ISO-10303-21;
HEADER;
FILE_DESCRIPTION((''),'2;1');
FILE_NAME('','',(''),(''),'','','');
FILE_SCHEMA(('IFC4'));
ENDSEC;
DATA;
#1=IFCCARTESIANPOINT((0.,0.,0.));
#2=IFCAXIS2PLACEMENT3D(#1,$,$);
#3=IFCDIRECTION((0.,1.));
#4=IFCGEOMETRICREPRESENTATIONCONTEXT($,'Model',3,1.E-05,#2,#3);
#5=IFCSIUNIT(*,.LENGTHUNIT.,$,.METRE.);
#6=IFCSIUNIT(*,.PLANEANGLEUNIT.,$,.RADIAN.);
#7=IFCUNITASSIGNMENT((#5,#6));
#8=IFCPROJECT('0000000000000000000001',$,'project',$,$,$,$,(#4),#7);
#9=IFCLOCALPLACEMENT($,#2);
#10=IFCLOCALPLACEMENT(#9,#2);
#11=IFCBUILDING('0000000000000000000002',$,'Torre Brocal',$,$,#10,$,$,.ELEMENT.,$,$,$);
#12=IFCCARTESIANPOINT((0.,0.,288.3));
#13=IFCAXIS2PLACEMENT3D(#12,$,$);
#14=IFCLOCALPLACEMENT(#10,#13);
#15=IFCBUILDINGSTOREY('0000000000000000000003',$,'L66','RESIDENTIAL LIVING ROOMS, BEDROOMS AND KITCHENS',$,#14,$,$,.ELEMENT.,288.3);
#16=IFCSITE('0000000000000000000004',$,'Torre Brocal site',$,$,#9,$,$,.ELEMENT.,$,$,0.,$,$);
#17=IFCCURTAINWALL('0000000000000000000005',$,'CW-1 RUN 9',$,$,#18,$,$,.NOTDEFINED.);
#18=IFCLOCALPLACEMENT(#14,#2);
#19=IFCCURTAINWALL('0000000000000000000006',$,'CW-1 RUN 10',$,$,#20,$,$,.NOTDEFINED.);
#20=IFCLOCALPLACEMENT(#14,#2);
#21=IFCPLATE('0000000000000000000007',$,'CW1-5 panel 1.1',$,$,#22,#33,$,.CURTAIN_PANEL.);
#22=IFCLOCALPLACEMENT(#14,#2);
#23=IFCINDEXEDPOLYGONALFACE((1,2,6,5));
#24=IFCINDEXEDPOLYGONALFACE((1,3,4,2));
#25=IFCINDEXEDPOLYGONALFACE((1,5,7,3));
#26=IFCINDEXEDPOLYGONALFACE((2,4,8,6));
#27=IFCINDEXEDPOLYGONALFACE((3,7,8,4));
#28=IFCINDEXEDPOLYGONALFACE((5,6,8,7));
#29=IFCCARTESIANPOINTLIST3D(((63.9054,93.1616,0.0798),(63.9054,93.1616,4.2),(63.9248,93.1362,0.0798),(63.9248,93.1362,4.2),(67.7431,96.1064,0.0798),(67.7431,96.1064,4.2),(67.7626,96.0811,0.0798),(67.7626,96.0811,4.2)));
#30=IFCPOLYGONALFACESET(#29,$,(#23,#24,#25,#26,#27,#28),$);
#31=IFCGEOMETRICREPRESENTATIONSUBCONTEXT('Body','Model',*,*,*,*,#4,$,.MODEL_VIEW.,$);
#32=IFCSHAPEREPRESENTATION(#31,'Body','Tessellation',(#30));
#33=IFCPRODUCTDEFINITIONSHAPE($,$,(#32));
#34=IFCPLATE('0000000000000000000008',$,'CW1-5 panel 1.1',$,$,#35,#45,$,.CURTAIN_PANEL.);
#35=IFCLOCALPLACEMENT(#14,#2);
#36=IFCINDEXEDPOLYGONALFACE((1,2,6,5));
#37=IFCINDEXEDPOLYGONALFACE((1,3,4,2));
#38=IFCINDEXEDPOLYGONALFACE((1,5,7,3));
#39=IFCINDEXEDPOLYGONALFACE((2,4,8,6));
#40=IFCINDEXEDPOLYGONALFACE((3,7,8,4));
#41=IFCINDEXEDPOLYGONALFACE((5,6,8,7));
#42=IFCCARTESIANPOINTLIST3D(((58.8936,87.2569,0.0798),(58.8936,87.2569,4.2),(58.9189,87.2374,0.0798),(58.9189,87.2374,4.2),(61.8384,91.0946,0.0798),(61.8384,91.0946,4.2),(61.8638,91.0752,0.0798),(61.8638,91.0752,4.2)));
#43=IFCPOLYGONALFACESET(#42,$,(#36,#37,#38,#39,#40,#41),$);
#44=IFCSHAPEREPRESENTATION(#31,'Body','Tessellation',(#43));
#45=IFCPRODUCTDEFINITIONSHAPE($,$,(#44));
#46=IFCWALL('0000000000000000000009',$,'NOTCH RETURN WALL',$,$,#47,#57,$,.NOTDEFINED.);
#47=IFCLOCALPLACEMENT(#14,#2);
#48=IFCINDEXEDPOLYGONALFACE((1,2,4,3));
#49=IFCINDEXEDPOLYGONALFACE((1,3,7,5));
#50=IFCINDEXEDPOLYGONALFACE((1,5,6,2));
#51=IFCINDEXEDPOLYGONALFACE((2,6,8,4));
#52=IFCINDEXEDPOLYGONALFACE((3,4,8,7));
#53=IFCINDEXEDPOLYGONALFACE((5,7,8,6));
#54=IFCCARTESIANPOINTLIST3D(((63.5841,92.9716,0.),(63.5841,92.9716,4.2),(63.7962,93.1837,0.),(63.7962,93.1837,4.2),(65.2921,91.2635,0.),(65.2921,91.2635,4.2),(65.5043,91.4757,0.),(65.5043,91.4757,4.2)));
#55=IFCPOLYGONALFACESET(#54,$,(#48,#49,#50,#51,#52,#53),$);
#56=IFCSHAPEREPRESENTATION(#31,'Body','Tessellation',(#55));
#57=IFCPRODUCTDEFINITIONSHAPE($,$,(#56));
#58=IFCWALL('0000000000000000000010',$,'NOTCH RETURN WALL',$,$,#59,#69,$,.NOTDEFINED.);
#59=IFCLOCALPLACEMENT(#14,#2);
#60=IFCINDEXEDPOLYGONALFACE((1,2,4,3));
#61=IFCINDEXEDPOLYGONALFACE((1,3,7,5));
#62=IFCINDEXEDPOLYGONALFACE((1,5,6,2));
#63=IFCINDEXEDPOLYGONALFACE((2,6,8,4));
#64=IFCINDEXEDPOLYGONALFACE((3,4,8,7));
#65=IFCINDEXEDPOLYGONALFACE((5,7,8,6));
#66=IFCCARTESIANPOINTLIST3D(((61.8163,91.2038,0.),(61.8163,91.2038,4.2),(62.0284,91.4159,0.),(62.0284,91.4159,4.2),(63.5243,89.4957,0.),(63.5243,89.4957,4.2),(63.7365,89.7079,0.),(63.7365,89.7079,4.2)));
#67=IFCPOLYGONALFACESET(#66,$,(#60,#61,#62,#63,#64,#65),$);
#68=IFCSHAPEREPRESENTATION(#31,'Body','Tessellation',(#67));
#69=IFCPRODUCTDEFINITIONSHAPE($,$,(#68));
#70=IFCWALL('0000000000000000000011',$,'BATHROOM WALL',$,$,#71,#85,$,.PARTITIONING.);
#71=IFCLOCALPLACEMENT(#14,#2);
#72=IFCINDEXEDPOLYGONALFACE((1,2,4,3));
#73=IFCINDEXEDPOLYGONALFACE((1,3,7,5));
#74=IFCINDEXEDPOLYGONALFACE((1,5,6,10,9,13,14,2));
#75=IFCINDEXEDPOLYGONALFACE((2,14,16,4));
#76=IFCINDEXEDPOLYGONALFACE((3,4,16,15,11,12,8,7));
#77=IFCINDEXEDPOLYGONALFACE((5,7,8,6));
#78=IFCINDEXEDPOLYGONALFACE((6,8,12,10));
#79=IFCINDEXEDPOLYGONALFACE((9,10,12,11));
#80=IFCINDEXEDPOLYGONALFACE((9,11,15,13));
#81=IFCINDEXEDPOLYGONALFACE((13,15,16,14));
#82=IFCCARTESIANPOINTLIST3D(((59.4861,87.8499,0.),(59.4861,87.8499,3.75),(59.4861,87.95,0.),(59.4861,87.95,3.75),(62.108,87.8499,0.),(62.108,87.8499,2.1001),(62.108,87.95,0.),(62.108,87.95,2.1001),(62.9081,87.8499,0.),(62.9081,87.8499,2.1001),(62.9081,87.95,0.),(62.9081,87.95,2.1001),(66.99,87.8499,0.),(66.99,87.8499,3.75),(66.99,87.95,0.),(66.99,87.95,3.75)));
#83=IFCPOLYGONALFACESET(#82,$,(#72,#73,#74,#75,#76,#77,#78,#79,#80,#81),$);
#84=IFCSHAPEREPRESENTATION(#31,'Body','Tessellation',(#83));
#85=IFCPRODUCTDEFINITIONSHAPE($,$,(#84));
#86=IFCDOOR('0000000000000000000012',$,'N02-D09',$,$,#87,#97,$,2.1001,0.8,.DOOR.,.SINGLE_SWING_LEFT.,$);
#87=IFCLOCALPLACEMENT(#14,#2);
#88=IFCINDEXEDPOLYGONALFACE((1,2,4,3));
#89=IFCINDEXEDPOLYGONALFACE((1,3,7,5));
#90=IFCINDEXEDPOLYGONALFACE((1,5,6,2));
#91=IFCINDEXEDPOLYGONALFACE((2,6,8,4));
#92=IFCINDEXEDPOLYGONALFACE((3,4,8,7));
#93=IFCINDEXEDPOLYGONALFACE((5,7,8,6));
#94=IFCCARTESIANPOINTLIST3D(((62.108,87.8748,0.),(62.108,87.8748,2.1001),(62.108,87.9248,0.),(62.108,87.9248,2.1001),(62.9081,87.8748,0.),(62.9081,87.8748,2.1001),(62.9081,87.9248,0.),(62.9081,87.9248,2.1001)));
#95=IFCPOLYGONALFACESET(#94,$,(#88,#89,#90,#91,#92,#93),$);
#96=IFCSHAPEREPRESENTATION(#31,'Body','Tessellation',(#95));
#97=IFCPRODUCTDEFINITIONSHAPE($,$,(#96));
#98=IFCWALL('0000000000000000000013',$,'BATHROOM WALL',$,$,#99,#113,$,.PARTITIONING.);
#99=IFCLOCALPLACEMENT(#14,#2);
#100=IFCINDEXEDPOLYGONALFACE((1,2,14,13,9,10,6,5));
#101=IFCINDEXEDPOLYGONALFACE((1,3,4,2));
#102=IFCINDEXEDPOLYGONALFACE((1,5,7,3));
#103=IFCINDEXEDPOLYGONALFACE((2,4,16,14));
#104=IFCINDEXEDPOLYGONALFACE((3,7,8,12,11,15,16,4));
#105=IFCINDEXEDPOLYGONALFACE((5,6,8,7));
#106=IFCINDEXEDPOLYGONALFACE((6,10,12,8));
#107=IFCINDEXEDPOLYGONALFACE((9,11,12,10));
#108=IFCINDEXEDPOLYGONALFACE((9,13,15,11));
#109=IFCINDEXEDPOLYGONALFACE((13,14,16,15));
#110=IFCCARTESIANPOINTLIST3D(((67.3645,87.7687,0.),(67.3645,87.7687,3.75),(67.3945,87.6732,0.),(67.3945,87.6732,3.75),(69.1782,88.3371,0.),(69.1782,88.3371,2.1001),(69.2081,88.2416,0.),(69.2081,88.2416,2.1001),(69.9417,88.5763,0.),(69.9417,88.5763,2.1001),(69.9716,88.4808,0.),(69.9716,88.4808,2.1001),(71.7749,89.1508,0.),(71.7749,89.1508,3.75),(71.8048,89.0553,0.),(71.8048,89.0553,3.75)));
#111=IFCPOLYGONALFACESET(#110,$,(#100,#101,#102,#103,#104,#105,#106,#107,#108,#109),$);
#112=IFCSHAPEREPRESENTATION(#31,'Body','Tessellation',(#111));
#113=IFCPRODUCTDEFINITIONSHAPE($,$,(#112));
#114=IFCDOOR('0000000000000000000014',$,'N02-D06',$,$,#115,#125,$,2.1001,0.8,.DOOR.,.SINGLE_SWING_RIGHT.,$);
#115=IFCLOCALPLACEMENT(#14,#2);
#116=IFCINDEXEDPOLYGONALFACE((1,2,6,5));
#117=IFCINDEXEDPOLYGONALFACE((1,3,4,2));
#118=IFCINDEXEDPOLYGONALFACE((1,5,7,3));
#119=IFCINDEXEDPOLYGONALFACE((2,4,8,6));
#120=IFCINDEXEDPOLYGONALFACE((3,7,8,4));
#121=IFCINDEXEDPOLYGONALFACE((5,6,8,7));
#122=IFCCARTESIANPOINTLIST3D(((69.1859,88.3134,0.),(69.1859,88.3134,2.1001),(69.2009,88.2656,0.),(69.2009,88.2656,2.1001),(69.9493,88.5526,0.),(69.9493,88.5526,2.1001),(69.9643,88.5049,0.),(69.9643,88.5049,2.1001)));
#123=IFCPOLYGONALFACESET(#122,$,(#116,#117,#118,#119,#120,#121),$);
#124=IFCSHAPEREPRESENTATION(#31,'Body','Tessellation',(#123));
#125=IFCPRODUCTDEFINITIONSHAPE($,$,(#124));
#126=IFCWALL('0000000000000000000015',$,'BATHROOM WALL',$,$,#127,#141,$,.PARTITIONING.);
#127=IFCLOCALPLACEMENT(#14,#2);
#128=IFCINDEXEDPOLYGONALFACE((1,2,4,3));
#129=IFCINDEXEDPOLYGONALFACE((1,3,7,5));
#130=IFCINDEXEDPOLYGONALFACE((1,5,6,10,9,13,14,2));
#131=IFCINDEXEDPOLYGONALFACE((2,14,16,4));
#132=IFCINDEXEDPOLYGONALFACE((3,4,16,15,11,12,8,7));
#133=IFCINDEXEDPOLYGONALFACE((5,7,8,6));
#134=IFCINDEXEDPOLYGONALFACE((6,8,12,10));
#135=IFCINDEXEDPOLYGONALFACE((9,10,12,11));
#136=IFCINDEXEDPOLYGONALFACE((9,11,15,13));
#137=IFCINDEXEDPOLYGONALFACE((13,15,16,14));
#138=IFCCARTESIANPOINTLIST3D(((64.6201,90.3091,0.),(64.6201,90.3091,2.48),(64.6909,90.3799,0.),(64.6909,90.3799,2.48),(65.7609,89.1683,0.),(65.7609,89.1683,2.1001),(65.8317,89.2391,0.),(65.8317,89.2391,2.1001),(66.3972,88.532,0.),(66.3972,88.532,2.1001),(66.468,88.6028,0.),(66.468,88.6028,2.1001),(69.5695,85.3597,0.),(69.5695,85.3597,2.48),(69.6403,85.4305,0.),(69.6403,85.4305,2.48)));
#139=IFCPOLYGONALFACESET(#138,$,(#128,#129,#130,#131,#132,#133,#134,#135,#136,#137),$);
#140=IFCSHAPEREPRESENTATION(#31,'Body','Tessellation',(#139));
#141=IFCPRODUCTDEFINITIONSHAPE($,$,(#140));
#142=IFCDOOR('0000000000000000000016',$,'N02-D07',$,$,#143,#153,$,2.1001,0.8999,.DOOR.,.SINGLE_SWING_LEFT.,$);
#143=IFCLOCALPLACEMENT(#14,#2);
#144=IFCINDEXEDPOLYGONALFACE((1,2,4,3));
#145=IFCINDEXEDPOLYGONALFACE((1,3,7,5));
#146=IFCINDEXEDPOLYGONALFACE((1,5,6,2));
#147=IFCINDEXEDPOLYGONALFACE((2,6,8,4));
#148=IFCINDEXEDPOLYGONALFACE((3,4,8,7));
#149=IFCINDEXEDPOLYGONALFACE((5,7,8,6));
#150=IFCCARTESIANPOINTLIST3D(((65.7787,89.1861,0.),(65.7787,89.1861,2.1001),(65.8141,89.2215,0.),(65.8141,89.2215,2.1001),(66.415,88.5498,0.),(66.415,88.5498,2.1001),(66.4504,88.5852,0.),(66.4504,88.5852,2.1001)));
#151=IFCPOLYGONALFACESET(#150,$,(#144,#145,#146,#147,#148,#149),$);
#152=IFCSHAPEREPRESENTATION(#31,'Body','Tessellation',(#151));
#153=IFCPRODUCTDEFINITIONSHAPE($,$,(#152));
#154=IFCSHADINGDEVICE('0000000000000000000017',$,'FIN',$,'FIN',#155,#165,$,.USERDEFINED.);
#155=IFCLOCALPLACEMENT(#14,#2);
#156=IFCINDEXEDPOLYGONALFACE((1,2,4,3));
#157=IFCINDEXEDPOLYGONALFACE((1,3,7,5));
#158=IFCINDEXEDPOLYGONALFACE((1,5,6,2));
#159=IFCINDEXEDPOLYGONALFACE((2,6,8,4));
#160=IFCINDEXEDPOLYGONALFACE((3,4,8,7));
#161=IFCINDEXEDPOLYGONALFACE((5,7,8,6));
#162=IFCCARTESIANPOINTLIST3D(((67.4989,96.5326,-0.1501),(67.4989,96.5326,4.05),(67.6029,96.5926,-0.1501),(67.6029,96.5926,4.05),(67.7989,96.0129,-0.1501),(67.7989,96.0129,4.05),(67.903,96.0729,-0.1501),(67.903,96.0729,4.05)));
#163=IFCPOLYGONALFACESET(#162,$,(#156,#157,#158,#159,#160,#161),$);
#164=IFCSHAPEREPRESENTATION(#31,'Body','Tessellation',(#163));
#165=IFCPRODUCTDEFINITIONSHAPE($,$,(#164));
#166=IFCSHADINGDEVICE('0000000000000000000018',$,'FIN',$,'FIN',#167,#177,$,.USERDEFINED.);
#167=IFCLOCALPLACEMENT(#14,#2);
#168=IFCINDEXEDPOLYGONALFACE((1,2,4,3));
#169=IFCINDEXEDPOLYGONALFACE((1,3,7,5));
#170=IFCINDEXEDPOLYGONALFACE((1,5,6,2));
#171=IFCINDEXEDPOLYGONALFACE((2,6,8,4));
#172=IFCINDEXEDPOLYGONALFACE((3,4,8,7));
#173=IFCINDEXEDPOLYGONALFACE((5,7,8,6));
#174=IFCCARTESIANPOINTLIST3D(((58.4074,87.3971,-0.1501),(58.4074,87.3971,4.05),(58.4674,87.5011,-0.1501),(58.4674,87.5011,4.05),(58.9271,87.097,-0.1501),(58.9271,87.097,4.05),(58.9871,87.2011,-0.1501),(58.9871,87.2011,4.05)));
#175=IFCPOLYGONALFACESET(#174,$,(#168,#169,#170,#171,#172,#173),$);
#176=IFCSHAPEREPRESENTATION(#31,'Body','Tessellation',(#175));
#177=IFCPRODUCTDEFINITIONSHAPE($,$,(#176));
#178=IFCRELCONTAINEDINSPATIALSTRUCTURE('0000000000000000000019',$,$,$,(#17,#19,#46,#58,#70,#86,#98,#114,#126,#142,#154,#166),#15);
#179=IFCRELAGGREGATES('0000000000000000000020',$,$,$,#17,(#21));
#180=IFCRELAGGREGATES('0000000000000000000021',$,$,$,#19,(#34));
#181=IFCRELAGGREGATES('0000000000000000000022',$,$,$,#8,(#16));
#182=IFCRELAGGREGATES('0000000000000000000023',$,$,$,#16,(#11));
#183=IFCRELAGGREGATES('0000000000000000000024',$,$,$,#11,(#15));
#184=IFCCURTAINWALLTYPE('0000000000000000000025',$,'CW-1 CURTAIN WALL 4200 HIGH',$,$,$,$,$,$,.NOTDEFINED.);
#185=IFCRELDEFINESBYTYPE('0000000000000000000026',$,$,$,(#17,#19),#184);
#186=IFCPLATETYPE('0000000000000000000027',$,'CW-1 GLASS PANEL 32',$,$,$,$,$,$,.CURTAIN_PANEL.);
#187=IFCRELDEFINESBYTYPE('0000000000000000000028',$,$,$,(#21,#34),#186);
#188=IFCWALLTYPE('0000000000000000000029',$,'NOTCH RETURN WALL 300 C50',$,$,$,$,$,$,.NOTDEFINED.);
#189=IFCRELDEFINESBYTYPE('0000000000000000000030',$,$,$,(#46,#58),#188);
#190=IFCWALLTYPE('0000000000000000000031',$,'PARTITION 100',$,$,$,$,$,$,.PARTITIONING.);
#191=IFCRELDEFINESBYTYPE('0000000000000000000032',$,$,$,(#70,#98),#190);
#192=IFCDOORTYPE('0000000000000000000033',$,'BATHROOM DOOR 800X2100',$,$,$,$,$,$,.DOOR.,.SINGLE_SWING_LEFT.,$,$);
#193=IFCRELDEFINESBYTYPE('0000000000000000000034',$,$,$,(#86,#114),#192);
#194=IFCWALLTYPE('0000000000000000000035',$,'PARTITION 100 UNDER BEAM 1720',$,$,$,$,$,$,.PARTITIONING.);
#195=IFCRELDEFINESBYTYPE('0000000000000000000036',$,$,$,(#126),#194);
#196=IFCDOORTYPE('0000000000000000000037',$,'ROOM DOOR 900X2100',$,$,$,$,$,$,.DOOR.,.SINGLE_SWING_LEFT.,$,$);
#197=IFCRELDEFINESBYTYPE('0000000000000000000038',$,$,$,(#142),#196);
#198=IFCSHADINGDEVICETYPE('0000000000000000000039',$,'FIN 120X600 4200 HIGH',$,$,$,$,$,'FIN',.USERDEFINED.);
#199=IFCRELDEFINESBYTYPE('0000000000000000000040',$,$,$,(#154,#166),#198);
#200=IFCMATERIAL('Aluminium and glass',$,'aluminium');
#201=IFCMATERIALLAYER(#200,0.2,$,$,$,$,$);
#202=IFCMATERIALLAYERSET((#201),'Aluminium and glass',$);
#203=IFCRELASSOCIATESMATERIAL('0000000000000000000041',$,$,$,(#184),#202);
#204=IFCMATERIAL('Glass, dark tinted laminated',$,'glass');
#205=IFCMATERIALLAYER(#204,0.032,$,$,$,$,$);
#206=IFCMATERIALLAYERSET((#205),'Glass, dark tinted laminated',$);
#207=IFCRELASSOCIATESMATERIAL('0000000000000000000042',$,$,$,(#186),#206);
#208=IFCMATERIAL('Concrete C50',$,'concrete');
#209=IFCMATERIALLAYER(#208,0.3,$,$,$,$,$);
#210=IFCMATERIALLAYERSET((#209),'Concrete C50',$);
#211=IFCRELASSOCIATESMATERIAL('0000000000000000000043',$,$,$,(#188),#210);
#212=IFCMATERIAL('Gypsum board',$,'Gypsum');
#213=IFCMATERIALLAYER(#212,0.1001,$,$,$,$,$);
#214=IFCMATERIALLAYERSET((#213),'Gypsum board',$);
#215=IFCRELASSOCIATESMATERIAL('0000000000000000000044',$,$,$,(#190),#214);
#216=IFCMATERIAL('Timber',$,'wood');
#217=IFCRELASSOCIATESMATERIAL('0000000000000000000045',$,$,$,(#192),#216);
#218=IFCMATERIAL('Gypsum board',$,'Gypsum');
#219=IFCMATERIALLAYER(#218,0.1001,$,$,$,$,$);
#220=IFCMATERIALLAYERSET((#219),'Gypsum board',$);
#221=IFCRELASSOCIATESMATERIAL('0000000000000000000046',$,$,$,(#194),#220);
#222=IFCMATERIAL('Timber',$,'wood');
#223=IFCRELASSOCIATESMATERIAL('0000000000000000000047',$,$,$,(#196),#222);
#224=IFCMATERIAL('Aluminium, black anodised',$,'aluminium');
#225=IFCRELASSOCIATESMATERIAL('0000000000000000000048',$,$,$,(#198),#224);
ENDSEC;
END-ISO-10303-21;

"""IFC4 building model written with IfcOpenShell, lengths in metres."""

from ifc_helpers import new_model, si_unit, direction, frame, frame_2d, origin, origin_2d, place, context, subcontext, project, spatial, rectangle, extrude, material, layer, layer_set, material_profile, profile_set, type_object, element, fill, aggregate, save


model = new_model("IFC4")

# Units and contexts
model_context = context("Model", 3, precision=1e-05, world=origin(), true_north=direction((0.0, 1.0)))
body_context = subcontext(model_context, "Body", "Model", "MODEL_VIEW")
ifc_project = project(units=[si_unit("LENGTHUNIT", "METRE"), si_unit("PLANEANGLEUNIT", "RADIAN")], contexts=[model_context])

# Site, building, storey
site_placement = place(None, origin())
site = spatial("IfcSite", under=ifc_project, at=site_placement, Name="Torre Brocal site", CompositionType="ELEMENT", RefElevation=0.0)
building_placement = place(site_placement, origin())
building = spatial("IfcBuilding", under=site, at=building_placement, Name="Torre Brocal", CompositionType="ELEMENT")
storey_placement = place(building_placement, frame((0.0, 0.0, 288.3)))
storey = spatial("IfcBuildingStorey", under=building, at=storey_placement, Name="L66", Description="RESIDENTIAL LIVING ROOMS, BEDROOMS AND KITCHENS", CompositionType="ELEMENT", Elevation=288.3)

# Curtain walls
ifc_material_1 = material(Name="Aluminium and glass", Category="aluminium")
ifc_layer_1 = layer(ifc_material_1, 0.2)
ifc_layer_set_1 = layer_set([ifc_layer_1], Name="Aluminium and glass")
curtain_wall_type = type_object("IfcCurtainWallType", Name="CW-1 CURTAIN WALL 4200 HIGH", PredefinedType="NOTDEFINED", material=ifc_layer_set_1)
curtain_wall_1_placement = place(storey_placement, origin())
curtain_wall_1 = element("IfcCurtainWall", 1, at=curtain_wall_1_placement, inside=storey, type_object=curtain_wall_type, Name="CW-1 RUN 9", PredefinedType="NOTDEFINED")
curtain_wall_2_placement = place(storey_placement, origin())
curtain_wall_2 = element("IfcCurtainWall", 2, at=curtain_wall_2_placement, inside=storey, type_object=curtain_wall_type, Name="CW-1 RUN 10", PredefinedType="NOTDEFINED")

# Plates
ifc_material_2 = material(Name="Glass, dark tinted laminated", Category="glass")
ifc_layer_2 = layer(ifc_material_2, 0.032)
ifc_layer_set_2 = layer_set([ifc_layer_2], Name="Glass, dark tinted laminated")
plate_type = type_object("IfcPlateType", Name="CW-1 GLASS PANEL 32", PredefinedType="CURTAIN_PANEL", material=ifc_layer_set_2)
plate_1_placement = place(storey_placement, frame((65.834, 94.6213, 0.0798), z_axis=(0.0, 0.0, 1.0), x_axis=(-0.793353, -0.608761, 0.0)))
plate_1 = element("IfcPlate", 3, at=plate_1_placement, type_object=plate_type, Name="CW1-5 panel 1.1", PredefinedType="CURTAIN_PANEL", context=body_context, shape_type="SweptSolid", body=[
    extrude(rectangle(XDim=4.8374, YDim=0.032, at=origin_2d()), origin(), (0.0, 0.0, 1.0), 4.1201),
])
aggregate(curtain_wall_1, [plate_1])
plate_2_placement = place(storey_placement, frame((60.3787, 89.166, 0.0798), z_axis=(0.0, 0.0, 1.0), x_axis=(-0.608761, -0.793353, 0.0)))
plate_2 = element("IfcPlate", 4, at=plate_2_placement, type_object=plate_type, Name="CW1-5 panel 1.1", PredefinedType="CURTAIN_PANEL", context=body_context, shape_type="SweptSolid", body=[
    extrude(rectangle(XDim=4.8374, YDim=0.032, at=origin_2d()), origin(), (0.0, 0.0, 1.0), 4.1201),
])
aggregate(curtain_wall_2, [plate_2])

# Walls
ifc_material_3 = material(Name="Concrete C50", Category="concrete")
ifc_layer_3 = layer(ifc_material_3, 0.3)
ifc_layer_set_3 = layer_set([ifc_layer_3], Name="Concrete C50")
wall_type_1 = type_object("IfcWallType", Name="NOTCH RETURN WALL 300 C50", PredefinedType="NOTDEFINED", material=ifc_layer_set_3)
for number, where, z_axis, x_axis, name in (
    (5, (65.3982, 91.3696, 0.0), (0.0, 0.0, 1.0), (-0.707107, 0.707107, 0.0), "NOTCH RETURN WALL"),
    (6, (63.6304, 89.6018, 0.0), (0.0, 0.0, 1.0), (-0.707107, 0.707107, 0.0), "NOTCH RETURN WALL"),
):
    element("IfcWall", number, at=place(storey_placement, frame(where, z_axis=z_axis, x_axis=x_axis)), inside=storey, type_object=wall_type_1, Name=name, PredefinedType="NOTDEFINED", context=body_context, shape_type="SweptSolid", body=[
        extrude(rectangle(XDim=2.4155, YDim=0.3, at=frame_2d((1.2078, 0.0))), origin(), (0.0, 0.0, 1.0), 4.2),
    ])

# Walls, openings, doors
ifc_material_4 = material(Name="Gypsum board", Category="Gypsum")
ifc_layer_4 = layer(ifc_material_4, 0.1001)
ifc_layer_set_4 = layer_set([ifc_layer_4], Name="Gypsum board")
wall_type_2 = type_object("IfcWallType", Name="PARTITION 100", PredefinedType="PARTITIONING", material=ifc_layer_set_4)
wall_1_placement = place(storey_placement, frame((59.4861, 87.8999, 0.0), z_axis=(0.0, 0.0, 1.0), x_axis=(1.0, 0.0, 0.0)))
wall_1 = element("IfcWall", 7, at=wall_1_placement, inside=storey, type_object=wall_type_2, Name="BATHROOM WALL", PredefinedType="PARTITIONING", context=body_context, shape_type="SweptSolid", body=[
    extrude(rectangle(XDim=7.5039, YDim=0.1001, at=frame_2d((3.752, 0.0))), origin(), (0.0, 0.0, 1.0), 3.75),
])
opening_1_placement = place(wall_1_placement, frame((2.6221, 0.0, 0.0)))
opening_1 = element("IfcOpeningElement", 8, at=opening_1_placement, cuts=wall_1, PredefinedType="OPENING", context=body_context, shape_type="SweptSolid", body=[
    extrude(rectangle(XDim=0.8, YDim=2.1001, at=frame_2d((0.3999, 1.05))), frame((0.0, 0.0601, 0.0), z_axis=(0.0, -1.0, 0.0), x_axis=(1.0, 0.0, 0.0)), (0.0, 0.0, 1.0), 0.1201),
])
ifc_material_5 = material(Name="Timber", Category="wood")
door_type_1 = type_object("IfcDoorType", Name="BATHROOM DOOR 800X2100", OperationType="SINGLE_SWING_LEFT", PredefinedType="DOOR", material=ifc_material_5)
door_1_placement = place(opening_1_placement, origin())
door_1 = element("IfcDoor", 9, at=door_1_placement, inside=storey, type_object=door_type_1, Name="N02-D09", OperationType="SINGLE_SWING_LEFT", OverallHeight=2.1001, OverallWidth=0.8, PredefinedType="DOOR", context=body_context, shape_type="SweptSolid", body=[
    extrude(rectangle(XDim=0.8, YDim=2.1001, at=frame_2d((0.3999, 1.05))), frame((0.0, 0.0249, 0.0), z_axis=(0.0, -1.0, 0.0), x_axis=(1.0, 0.0, 0.0)), (0.0, 0.0, 1.0), 0.05),
])
fill(opening_1, door_1)
wall_2_placement = place(storey_placement, frame((67.3794, 87.7209, 0.0), z_axis=(0.0, 0.0, 1.0), x_axis=(0.954244, 0.29903, 0.0)))
wall_2 = element("IfcWall", 10, at=wall_2_placement, inside=storey, type_object=wall_type_2, Name="BATHROOM WALL", PredefinedType="PARTITIONING", context=body_context, shape_type="SweptSolid", body=[
    extrude(rectangle(XDim=4.6218, YDim=0.1001, at=frame_2d((2.311, 0.0))), origin(), (0.0, 0.0, 1.0), 3.75),
])
opening_2_placement = place(wall_2_placement, frame((1.9009, 0.0, 0.0)))
opening_2 = element("IfcOpeningElement", 11, at=opening_2_placement, cuts=wall_2, PredefinedType="OPENING", context=body_context, shape_type="SweptSolid", body=[
    extrude(rectangle(XDim=0.8, YDim=2.1001, at=frame_2d((0.3999, 1.05))), frame((0.0, 0.0601, 0.0), z_axis=(0.0, -1.0, 0.0), x_axis=(1.0, 0.0, 0.0)), (0.0, 0.0, 1.0), 0.1201),
])
door_2_placement = place(opening_2_placement, frame((0.8, 0.0, 0.0), z_axis=(0.0, 0.0, 1.0), x_axis=(-1.0, 0.0, 0.0)))
door_2 = element("IfcDoor", 12, at=door_2_placement, inside=storey, type_object=door_type_1, Name="N02-D06", OperationType="SINGLE_SWING_RIGHT", OverallHeight=2.1001, OverallWidth=0.8, PredefinedType="DOOR", context=body_context, shape_type="SweptSolid", body=[
    extrude(rectangle(XDim=0.8, YDim=2.1001, at=frame_2d((0.3999, 1.05))), frame((0.0, 0.0249, 0.0), z_axis=(0.0, -1.0, 0.0), x_axis=(1.0, 0.0, 0.0)), (0.0, 0.0, 1.0), 0.05),
])
fill(opening_2, door_2)
ifc_material_6 = material(Name="Gypsum board", Category="Gypsum")
ifc_layer_5 = layer(ifc_material_6, 0.1001)
ifc_layer_set_5 = layer_set([ifc_layer_5], Name="Gypsum board")
wall_type_3 = type_object("IfcWallType", Name="PARTITION 100 UNDER BEAM 1720", PredefinedType="PARTITIONING", material=ifc_layer_set_5)
wall_3_placement = place(storey_placement, frame((64.6555, 90.3445, 0.0), z_axis=(0.0, 0.0, 1.0), x_axis=(0.707107, -0.707107, 0.0)))
wall_3 = element("IfcWall", 13, at=wall_3_placement, inside=storey, type_object=wall_type_3, Name="BATHROOM WALL", PredefinedType="PARTITIONING", context=body_context, shape_type="SweptSolid", body=[
    extrude(rectangle(XDim=6.9995, YDim=0.1001, at=frame_2d((3.4998, 0.0))), origin(), (0.0, 0.0, 1.0), 2.48),
])
opening_3_placement = place(wall_3_placement, frame((1.6133, 0.0, 0.0)))
opening_3 = element("IfcOpeningElement", 14, at=opening_3_placement, cuts=wall_3, PredefinedType="OPENING", context=body_context, shape_type="SweptSolid", body=[
    extrude(rectangle(XDim=0.8999, YDim=2.1001, at=frame_2d((0.45, 1.05))), frame((0.0, 0.0601, 0.0), z_axis=(0.0, -1.0, 0.0), x_axis=(1.0, 0.0, 0.0)), (0.0, 0.0, 1.0), 0.1201),
])
ifc_material_7 = material(Name="Timber", Category="wood")
door_type_2 = type_object("IfcDoorType", Name="ROOM DOOR 900X2100", OperationType="SINGLE_SWING_LEFT", PredefinedType="DOOR", material=ifc_material_7)
door_3_placement = place(opening_3_placement, frame((0.8999, 0.0, 0.0), z_axis=(0.0, 0.0, 1.0), x_axis=(-1.0, 0.0, 0.0)))
door_3 = element("IfcDoor", 15, at=door_3_placement, inside=storey, type_object=door_type_2, Name="N02-D07", OperationType="SINGLE_SWING_LEFT", OverallHeight=2.1001, OverallWidth=0.8999, PredefinedType="DOOR", context=body_context, shape_type="SweptSolid", body=[
    extrude(rectangle(XDim=0.8999, YDim=2.1001, at=frame_2d((0.45, 1.05))), frame((0.0, 0.0249, 0.0), z_axis=(0.0, -1.0, 0.0), x_axis=(1.0, 0.0, 0.0)), (0.0, 0.0, 1.0), 0.05),
])
fill(opening_3, door_3)

# Shading devices
ifc_material_8 = material(Name="Aluminium, black anodised", Category="aluminium")
ifc_material_profile_1 = material_profile(ifc_material_8, rectangle(XDim=0.1201, YDim=0.6001, at=origin_2d()), Name="FIN 120X600 4200 HIGH")
ifc_profile_set_1 = profile_set([ifc_material_profile_1], Name="Aluminium, black anodised")
shading_device_type = type_object("IfcShadingDeviceType", Name="FIN 120X600 4200 HIGH", ElementType="FIN", PredefinedType="USERDEFINED", material=ifc_profile_set_1)
for number, where, z_axis, x_axis, name in (
    (16, (67.7009, 96.3027, -0.1501), (0.0, 0.0, 1.0), (-0.866025, -0.5, 0.0), "FIN"),
    (17, (58.6973, 87.2991, -0.1501), (0.0, 0.0, 1.0), (-0.5, -0.866025, 0.0), "FIN"),
):
    element("IfcShadingDevice", number, at=place(storey_placement, frame(where, z_axis=z_axis, x_axis=x_axis)), inside=storey, type_object=shading_device_type, Name=name, ObjectType="FIN", PredefinedType="USERDEFINED", context=body_context, shape_type="SweptSolid", body=[
        extrude(rectangle(XDim=0.1201, YDim=0.6001, at=origin_2d()), origin(), (0.0, 0.0, 1.0), 4.2002),
    ])

save(model, "model.ifc")
